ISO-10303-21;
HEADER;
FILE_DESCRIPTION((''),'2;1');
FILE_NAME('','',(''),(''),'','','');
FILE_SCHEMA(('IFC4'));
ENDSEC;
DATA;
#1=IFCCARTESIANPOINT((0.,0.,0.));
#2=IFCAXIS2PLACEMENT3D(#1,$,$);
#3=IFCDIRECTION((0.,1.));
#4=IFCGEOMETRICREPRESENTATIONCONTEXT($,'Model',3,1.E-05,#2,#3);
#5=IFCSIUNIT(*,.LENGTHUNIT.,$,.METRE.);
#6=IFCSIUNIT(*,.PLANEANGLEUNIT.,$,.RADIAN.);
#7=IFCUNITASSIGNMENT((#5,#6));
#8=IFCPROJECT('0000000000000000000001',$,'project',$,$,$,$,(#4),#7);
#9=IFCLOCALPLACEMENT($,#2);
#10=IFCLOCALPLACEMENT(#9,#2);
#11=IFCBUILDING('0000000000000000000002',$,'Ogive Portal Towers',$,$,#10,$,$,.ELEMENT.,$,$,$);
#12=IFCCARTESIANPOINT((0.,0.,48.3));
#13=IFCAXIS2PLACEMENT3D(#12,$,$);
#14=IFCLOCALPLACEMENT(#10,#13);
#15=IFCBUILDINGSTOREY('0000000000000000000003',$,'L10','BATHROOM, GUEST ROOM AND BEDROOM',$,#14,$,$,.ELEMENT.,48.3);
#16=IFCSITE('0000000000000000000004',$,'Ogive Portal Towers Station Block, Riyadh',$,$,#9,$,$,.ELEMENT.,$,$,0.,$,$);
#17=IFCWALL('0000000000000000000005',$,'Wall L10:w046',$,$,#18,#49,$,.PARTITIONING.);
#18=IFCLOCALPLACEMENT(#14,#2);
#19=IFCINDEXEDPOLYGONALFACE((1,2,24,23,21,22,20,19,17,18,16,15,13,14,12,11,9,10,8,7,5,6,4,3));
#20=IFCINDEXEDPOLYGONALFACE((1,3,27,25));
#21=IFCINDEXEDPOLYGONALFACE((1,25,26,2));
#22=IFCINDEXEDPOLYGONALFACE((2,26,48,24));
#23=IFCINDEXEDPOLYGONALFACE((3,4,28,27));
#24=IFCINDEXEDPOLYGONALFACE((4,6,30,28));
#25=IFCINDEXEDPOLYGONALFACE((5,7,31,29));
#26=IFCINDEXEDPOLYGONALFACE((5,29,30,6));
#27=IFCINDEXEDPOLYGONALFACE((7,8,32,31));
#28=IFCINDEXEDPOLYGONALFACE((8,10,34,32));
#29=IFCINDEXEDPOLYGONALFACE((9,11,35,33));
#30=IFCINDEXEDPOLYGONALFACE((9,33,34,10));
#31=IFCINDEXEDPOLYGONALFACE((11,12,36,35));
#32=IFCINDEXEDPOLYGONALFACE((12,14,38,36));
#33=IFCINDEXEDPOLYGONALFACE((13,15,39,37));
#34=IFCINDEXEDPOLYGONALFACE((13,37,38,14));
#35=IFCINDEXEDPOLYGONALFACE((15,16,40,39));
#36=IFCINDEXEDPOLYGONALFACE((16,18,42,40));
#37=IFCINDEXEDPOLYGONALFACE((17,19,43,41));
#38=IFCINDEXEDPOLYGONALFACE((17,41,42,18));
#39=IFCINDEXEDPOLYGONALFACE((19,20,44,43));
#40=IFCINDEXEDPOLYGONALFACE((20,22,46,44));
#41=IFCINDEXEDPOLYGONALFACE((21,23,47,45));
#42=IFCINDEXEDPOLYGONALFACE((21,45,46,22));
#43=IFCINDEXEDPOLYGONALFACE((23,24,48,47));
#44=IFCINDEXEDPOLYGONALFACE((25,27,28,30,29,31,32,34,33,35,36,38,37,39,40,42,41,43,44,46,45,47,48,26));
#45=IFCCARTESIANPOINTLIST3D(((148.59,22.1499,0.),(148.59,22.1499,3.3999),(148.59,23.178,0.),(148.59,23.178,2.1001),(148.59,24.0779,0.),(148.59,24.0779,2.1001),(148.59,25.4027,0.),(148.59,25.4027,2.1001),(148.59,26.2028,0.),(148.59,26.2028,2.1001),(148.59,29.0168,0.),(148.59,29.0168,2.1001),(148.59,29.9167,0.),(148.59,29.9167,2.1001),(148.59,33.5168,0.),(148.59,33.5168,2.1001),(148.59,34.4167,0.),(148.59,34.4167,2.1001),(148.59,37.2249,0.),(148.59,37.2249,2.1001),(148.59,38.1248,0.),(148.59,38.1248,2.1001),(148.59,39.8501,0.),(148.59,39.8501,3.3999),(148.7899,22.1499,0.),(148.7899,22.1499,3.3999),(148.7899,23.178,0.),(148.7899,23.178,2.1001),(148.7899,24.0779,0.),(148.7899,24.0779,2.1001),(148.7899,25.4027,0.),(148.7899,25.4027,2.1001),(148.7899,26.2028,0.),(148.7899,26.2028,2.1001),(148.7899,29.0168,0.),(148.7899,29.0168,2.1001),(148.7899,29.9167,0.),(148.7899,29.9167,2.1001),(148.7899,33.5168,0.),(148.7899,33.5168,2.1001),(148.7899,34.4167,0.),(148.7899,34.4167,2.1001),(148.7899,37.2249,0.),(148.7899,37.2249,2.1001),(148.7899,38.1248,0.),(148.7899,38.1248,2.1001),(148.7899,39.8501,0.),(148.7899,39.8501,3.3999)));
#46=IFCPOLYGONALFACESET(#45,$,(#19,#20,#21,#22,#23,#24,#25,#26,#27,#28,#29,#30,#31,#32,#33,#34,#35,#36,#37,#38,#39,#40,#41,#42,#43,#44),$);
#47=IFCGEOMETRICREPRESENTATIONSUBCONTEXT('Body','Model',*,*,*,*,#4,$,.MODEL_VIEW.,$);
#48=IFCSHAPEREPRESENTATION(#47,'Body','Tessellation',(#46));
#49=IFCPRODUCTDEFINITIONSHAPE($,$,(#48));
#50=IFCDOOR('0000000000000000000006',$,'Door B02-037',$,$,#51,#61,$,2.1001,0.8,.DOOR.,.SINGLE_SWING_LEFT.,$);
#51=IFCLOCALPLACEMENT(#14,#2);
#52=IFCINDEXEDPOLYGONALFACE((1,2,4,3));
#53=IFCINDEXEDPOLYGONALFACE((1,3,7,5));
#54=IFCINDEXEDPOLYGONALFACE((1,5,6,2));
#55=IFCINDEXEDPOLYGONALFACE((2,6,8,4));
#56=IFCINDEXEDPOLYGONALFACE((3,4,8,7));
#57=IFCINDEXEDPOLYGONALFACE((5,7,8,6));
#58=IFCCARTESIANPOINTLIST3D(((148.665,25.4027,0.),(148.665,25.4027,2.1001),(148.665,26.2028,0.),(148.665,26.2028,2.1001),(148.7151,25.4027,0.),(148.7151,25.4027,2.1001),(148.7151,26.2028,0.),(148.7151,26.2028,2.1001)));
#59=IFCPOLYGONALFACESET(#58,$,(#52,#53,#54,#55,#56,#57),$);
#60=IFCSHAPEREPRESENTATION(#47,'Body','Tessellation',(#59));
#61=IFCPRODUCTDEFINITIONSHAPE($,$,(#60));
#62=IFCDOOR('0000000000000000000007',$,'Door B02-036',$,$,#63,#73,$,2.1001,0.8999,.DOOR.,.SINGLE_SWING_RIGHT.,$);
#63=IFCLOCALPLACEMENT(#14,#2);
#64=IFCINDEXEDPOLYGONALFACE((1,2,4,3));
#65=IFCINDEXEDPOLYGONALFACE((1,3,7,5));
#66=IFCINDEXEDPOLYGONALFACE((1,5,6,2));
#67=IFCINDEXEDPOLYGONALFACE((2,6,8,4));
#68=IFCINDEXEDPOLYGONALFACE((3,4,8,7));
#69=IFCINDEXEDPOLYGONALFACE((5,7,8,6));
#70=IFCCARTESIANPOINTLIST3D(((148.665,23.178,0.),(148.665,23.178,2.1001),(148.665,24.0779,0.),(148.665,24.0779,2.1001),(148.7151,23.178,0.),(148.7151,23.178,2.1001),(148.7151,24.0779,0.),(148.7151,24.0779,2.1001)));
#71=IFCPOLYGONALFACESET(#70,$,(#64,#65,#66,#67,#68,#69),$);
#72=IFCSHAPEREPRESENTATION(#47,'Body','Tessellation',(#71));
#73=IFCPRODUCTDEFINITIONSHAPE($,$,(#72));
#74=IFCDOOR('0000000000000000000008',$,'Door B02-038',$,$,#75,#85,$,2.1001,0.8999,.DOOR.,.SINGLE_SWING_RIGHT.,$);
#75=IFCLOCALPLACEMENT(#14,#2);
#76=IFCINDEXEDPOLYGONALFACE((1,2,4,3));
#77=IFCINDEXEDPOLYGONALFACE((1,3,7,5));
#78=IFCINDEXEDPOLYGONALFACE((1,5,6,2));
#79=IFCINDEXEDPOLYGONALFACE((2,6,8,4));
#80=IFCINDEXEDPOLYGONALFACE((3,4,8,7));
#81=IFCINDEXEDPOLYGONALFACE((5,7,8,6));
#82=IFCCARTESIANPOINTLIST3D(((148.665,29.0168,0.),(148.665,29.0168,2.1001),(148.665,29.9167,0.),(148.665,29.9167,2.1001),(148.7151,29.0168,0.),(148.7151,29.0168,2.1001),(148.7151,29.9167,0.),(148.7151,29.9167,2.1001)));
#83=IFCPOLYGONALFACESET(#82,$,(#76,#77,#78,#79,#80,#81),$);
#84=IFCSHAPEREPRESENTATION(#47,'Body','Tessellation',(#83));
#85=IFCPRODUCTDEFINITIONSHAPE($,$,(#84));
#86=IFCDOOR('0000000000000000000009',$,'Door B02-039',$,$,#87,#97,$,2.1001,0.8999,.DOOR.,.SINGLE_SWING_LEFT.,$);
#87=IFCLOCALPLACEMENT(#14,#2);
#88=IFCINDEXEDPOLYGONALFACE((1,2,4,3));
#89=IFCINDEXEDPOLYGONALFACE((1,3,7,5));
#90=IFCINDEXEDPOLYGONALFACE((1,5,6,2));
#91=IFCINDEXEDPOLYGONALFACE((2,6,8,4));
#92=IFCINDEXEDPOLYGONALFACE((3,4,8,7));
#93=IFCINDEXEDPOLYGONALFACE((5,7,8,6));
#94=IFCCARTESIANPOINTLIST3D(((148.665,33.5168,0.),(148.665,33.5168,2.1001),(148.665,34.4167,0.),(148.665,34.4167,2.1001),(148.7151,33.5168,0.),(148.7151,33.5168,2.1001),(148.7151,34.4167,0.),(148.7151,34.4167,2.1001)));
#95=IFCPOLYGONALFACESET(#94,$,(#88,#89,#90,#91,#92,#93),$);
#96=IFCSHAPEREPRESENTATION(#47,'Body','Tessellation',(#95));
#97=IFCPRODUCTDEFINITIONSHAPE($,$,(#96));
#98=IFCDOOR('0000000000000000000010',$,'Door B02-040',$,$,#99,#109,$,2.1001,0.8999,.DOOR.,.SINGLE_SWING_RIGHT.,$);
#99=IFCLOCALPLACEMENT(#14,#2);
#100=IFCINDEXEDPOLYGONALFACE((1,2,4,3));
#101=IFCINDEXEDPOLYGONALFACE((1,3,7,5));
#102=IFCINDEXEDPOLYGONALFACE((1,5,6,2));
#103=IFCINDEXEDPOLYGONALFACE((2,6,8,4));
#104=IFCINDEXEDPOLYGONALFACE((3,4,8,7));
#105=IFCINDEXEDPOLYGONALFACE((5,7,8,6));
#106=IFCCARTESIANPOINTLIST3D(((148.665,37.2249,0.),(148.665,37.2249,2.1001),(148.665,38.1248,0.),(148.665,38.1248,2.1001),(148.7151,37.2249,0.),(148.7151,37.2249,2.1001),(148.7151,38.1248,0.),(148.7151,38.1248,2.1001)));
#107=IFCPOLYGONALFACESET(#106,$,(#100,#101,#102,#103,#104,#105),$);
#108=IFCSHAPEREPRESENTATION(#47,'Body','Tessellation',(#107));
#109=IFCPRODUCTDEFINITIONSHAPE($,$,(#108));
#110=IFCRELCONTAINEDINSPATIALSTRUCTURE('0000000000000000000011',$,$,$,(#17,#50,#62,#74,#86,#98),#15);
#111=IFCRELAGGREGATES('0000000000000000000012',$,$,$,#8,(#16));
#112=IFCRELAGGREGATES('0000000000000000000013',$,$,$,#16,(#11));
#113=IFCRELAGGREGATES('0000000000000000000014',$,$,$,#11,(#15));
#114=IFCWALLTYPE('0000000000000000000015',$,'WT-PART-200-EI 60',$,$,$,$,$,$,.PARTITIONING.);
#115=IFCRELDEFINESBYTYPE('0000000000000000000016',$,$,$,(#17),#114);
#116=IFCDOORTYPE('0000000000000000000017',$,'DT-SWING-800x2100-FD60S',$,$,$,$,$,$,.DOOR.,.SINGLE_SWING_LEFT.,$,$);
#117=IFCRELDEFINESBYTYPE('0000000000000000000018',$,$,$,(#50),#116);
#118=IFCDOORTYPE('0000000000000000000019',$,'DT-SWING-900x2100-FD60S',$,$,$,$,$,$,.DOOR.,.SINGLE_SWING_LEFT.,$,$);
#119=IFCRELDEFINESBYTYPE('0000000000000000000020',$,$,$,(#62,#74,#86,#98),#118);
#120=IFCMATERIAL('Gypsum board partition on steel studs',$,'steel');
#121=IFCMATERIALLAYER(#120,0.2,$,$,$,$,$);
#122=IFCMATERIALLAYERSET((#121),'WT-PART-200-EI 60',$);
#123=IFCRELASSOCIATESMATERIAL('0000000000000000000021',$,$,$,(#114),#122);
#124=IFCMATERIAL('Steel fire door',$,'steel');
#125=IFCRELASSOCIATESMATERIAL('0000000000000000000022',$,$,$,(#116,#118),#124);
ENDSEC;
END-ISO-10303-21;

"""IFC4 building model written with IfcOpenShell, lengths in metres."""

from ifc_helpers import new_model, si_unit, direction, frame, frame_2d, origin, place, context, subcontext, project, spatial, rectangle, extrude, material, layer, layer_set, type_object, element, fill, save


model = new_model("IFC4")

# Units and contexts
model_context = context("Model", 3, precision=1e-05, world=origin(), true_north=direction((0.0, 1.0)))
body_context = subcontext(model_context, "Body", "Model", "MODEL_VIEW")
ifc_project = project(units=[si_unit("LENGTHUNIT", "METRE"), si_unit("PLANEANGLEUNIT", "RADIAN")], contexts=[model_context])

# Site, building, storey
site_placement = place(None, origin())
site = spatial("IfcSite", under=ifc_project, at=site_placement, Name="Ogive Portal Towers Station Block, Riyadh", CompositionType="ELEMENT", RefElevation=0.0)
building_placement = place(site_placement, origin())
building = spatial("IfcBuilding", under=site, at=building_placement, Name="Ogive Portal Towers", CompositionType="ELEMENT")
storey_placement = place(building_placement, frame((0.0, 0.0, 48.3)))
storey = spatial("IfcBuildingStorey", under=building, at=storey_placement, Name="L10", Description="BATHROOM, GUEST ROOM AND BEDROOM", CompositionType="ELEMENT", Elevation=48.3)

# Shared definitions
ifc_material_1 = material(Name="Gypsum board partition on steel studs", Category="steel")
ifc_layer_1 = layer(ifc_material_1, 0.2)
ifc_layer_set_1 = layer_set([ifc_layer_1], Name="WT-PART-200-EI 60")
wall_type_1 = type_object("IfcWallType", Name="WT-PART-200-EI 60", PredefinedType="PARTITIONING", material=ifc_layer_set_1)
ifc_material_2 = material(Name="Steel fire door", Category="steel")
door_type_1 = type_object("IfcDoorType", Name="DT-SWING-800x2100-FD60S", OperationType="SINGLE_SWING_LEFT", PredefinedType="DOOR", material=ifc_material_2)
door_type_2 = type_object("IfcDoorType", Name="DT-SWING-900x2100-FD60S", OperationType="SINGLE_SWING_LEFT", PredefinedType="DOOR", material=ifc_material_2)

# Wall, openings, doors
wall_1_placement = place(storey_placement, frame((148.6899, 22.1499, 0.0), z_axis=(0.0, 0.0, 1.0), x_axis=(0.0, 1.0, 0.0)))
wall_1 = element("IfcWall", 1, at=wall_1_placement, inside=storey, type_object=wall_type_1, Name="Wall L10:w046", PredefinedType="PARTITIONING", context=body_context, shape_type="SweptSolid", body=[
    extrude(rectangle(XDim=17.7002, YDim=0.2, at=frame_2d((8.8501, 0.0))), origin(), (0.0, 0.0, 1.0), 3.3999),
])
opening_1_placement = place(wall_1_placement, frame((1.0281, 0.0, 0.0)))
opening_1 = element("IfcOpeningElement", 2, at=opening_1_placement, cuts=wall_1, PredefinedType="OPENING", context=body_context, shape_type="SweptSolid", body=[
    extrude(rectangle(XDim=0.8999, YDim=2.1001, at=frame_2d((0.45, 1.05))), frame((0.0, 0.1099, 0.0), z_axis=(0.0, -1.0, 0.0), x_axis=(1.0, 0.0, 0.0)), (0.0, 0.0, 1.0), 0.22),
])
opening_2_placement = place(wall_1_placement, frame((3.2529, 0.0, 0.0)))
opening_2 = element("IfcOpeningElement", 3, at=opening_2_placement, cuts=wall_1, PredefinedType="OPENING", context=body_context, shape_type="SweptSolid", body=[
    extrude(rectangle(XDim=0.8, YDim=2.1001, at=frame_2d((0.3999, 1.05))), frame((0.0, 0.1099, 0.0), z_axis=(0.0, -1.0, 0.0), x_axis=(1.0, 0.0, 0.0)), (0.0, 0.0, 1.0), 0.22),
])
opening_3_placement = place(wall_1_placement, frame((6.8669, 0.0, 0.0)))
opening_3 = element("IfcOpeningElement", 4, at=opening_3_placement, cuts=wall_1, PredefinedType="OPENING", context=body_context, shape_type="SweptSolid", body=[
    extrude(rectangle(XDim=0.8999, YDim=2.1001, at=frame_2d((0.45, 1.05))), frame((0.0, 0.1099, 0.0), z_axis=(0.0, -1.0, 0.0), x_axis=(1.0, 0.0, 0.0)), (0.0, 0.0, 1.0), 0.22),
])
opening_4_placement = place(wall_1_placement, frame((11.3669, 0.0, 0.0)))
opening_4 = element("IfcOpeningElement", 5, at=opening_4_placement, cuts=wall_1, PredefinedType="OPENING", context=body_context, shape_type="SweptSolid", body=[
    extrude(rectangle(XDim=0.8999, YDim=2.1001, at=frame_2d((0.45, 1.05))), frame((0.0, 0.1099, 0.0), z_axis=(0.0, -1.0, 0.0), x_axis=(1.0, 0.0, 0.0)), (0.0, 0.0, 1.0), 0.22),
])
opening_5_placement = place(wall_1_placement, frame((15.075, 0.0, 0.0)))
opening_5 = element("IfcOpeningElement", 6, at=opening_5_placement, cuts=wall_1, PredefinedType="OPENING", context=body_context, shape_type="SweptSolid", body=[
    extrude(rectangle(XDim=0.8999, YDim=2.1001, at=frame_2d((0.45, 1.05))), frame((0.0, 0.1099, 0.0), z_axis=(0.0, -1.0, 0.0), x_axis=(1.0, 0.0, 0.0)), (0.0, 0.0, 1.0), 0.22),
])
door_1_placement = place(opening_2_placement, origin())
door_1 = element("IfcDoor", 7, at=door_1_placement, inside=storey, type_object=door_type_1, Name="Door B02-037", OperationType="SINGLE_SWING_LEFT", OverallHeight=2.1001, OverallWidth=0.8, PredefinedType="DOOR", context=body_context, shape_type="SweptSolid", body=[
    extrude(rectangle(XDim=0.8, YDim=2.1001, at=frame_2d((0.3999, 1.05))), frame((0.0, 0.0249, 0.0), z_axis=(0.0, -1.0, 0.0), x_axis=(1.0, 0.0, 0.0)), (0.0, 0.0, 1.0), 0.05),
])
fill(opening_2, door_1)
door_2_placement = place(opening_1_placement, origin())
door_2 = element("IfcDoor", 8, at=door_2_placement, inside=storey, type_object=door_type_2, Name="Door B02-036", OperationType="SINGLE_SWING_RIGHT", OverallHeight=2.1001, OverallWidth=0.8999, PredefinedType="DOOR", context=body_context, shape_type="SweptSolid", body=[
    extrude(rectangle(XDim=0.8999, YDim=2.1001, at=frame_2d((0.45, 1.05))), frame((0.0, 0.0249, 0.0), z_axis=(0.0, -1.0, 0.0), x_axis=(1.0, 0.0, 0.0)), (0.0, 0.0, 1.0), 0.05),
])
fill(opening_1, door_2)
door_3_placement = place(opening_3_placement, origin())
door_3 = element("IfcDoor", 9, at=door_3_placement, inside=storey, type_object=door_type_2, Name="Door B02-038", OperationType="SINGLE_SWING_RIGHT", OverallHeight=2.1001, OverallWidth=0.8999, PredefinedType="DOOR", context=body_context, shape_type="SweptSolid", body=[
    extrude(rectangle(XDim=0.8999, YDim=2.1001, at=frame_2d((0.45, 1.05))), frame((0.0, 0.0249, 0.0), z_axis=(0.0, -1.0, 0.0), x_axis=(1.0, 0.0, 0.0)), (0.0, 0.0, 1.0), 0.05),
])
fill(opening_3, door_3)
door_4_placement = place(opening_4_placement, origin())
door_4 = element("IfcDoor", 10, at=door_4_placement, inside=storey, type_object=door_type_2, Name="Door B02-039", OperationType="SINGLE_SWING_LEFT", OverallHeight=2.1001, OverallWidth=0.8999, PredefinedType="DOOR", context=body_context, shape_type="SweptSolid", body=[
    extrude(rectangle(XDim=0.8999, YDim=2.1001, at=frame_2d((0.45, 1.05))), frame((0.0, 0.0249, 0.0), z_axis=(0.0, -1.0, 0.0), x_axis=(1.0, 0.0, 0.0)), (0.0, 0.0, 1.0), 0.05),
])
fill(opening_4, door_4)
door_5_placement = place(opening_5_placement, origin())
door_5 = element("IfcDoor", 11, at=door_5_placement, inside=storey, type_object=door_type_2, Name="Door B02-040", OperationType="SINGLE_SWING_RIGHT", OverallHeight=2.1001, OverallWidth=0.8999, PredefinedType="DOOR", context=body_context, shape_type="SweptSolid", body=[
    extrude(rectangle(XDim=0.8999, YDim=2.1001, at=frame_2d((0.45, 1.05))), frame((0.0, 0.0249, 0.0), z_axis=(0.0, -1.0, 0.0), x_axis=(1.0, 0.0, 0.0)), (0.0, 0.0, 1.0), 0.05),
])
fill(opening_5, door_5)

save(model, "model.ifc")
